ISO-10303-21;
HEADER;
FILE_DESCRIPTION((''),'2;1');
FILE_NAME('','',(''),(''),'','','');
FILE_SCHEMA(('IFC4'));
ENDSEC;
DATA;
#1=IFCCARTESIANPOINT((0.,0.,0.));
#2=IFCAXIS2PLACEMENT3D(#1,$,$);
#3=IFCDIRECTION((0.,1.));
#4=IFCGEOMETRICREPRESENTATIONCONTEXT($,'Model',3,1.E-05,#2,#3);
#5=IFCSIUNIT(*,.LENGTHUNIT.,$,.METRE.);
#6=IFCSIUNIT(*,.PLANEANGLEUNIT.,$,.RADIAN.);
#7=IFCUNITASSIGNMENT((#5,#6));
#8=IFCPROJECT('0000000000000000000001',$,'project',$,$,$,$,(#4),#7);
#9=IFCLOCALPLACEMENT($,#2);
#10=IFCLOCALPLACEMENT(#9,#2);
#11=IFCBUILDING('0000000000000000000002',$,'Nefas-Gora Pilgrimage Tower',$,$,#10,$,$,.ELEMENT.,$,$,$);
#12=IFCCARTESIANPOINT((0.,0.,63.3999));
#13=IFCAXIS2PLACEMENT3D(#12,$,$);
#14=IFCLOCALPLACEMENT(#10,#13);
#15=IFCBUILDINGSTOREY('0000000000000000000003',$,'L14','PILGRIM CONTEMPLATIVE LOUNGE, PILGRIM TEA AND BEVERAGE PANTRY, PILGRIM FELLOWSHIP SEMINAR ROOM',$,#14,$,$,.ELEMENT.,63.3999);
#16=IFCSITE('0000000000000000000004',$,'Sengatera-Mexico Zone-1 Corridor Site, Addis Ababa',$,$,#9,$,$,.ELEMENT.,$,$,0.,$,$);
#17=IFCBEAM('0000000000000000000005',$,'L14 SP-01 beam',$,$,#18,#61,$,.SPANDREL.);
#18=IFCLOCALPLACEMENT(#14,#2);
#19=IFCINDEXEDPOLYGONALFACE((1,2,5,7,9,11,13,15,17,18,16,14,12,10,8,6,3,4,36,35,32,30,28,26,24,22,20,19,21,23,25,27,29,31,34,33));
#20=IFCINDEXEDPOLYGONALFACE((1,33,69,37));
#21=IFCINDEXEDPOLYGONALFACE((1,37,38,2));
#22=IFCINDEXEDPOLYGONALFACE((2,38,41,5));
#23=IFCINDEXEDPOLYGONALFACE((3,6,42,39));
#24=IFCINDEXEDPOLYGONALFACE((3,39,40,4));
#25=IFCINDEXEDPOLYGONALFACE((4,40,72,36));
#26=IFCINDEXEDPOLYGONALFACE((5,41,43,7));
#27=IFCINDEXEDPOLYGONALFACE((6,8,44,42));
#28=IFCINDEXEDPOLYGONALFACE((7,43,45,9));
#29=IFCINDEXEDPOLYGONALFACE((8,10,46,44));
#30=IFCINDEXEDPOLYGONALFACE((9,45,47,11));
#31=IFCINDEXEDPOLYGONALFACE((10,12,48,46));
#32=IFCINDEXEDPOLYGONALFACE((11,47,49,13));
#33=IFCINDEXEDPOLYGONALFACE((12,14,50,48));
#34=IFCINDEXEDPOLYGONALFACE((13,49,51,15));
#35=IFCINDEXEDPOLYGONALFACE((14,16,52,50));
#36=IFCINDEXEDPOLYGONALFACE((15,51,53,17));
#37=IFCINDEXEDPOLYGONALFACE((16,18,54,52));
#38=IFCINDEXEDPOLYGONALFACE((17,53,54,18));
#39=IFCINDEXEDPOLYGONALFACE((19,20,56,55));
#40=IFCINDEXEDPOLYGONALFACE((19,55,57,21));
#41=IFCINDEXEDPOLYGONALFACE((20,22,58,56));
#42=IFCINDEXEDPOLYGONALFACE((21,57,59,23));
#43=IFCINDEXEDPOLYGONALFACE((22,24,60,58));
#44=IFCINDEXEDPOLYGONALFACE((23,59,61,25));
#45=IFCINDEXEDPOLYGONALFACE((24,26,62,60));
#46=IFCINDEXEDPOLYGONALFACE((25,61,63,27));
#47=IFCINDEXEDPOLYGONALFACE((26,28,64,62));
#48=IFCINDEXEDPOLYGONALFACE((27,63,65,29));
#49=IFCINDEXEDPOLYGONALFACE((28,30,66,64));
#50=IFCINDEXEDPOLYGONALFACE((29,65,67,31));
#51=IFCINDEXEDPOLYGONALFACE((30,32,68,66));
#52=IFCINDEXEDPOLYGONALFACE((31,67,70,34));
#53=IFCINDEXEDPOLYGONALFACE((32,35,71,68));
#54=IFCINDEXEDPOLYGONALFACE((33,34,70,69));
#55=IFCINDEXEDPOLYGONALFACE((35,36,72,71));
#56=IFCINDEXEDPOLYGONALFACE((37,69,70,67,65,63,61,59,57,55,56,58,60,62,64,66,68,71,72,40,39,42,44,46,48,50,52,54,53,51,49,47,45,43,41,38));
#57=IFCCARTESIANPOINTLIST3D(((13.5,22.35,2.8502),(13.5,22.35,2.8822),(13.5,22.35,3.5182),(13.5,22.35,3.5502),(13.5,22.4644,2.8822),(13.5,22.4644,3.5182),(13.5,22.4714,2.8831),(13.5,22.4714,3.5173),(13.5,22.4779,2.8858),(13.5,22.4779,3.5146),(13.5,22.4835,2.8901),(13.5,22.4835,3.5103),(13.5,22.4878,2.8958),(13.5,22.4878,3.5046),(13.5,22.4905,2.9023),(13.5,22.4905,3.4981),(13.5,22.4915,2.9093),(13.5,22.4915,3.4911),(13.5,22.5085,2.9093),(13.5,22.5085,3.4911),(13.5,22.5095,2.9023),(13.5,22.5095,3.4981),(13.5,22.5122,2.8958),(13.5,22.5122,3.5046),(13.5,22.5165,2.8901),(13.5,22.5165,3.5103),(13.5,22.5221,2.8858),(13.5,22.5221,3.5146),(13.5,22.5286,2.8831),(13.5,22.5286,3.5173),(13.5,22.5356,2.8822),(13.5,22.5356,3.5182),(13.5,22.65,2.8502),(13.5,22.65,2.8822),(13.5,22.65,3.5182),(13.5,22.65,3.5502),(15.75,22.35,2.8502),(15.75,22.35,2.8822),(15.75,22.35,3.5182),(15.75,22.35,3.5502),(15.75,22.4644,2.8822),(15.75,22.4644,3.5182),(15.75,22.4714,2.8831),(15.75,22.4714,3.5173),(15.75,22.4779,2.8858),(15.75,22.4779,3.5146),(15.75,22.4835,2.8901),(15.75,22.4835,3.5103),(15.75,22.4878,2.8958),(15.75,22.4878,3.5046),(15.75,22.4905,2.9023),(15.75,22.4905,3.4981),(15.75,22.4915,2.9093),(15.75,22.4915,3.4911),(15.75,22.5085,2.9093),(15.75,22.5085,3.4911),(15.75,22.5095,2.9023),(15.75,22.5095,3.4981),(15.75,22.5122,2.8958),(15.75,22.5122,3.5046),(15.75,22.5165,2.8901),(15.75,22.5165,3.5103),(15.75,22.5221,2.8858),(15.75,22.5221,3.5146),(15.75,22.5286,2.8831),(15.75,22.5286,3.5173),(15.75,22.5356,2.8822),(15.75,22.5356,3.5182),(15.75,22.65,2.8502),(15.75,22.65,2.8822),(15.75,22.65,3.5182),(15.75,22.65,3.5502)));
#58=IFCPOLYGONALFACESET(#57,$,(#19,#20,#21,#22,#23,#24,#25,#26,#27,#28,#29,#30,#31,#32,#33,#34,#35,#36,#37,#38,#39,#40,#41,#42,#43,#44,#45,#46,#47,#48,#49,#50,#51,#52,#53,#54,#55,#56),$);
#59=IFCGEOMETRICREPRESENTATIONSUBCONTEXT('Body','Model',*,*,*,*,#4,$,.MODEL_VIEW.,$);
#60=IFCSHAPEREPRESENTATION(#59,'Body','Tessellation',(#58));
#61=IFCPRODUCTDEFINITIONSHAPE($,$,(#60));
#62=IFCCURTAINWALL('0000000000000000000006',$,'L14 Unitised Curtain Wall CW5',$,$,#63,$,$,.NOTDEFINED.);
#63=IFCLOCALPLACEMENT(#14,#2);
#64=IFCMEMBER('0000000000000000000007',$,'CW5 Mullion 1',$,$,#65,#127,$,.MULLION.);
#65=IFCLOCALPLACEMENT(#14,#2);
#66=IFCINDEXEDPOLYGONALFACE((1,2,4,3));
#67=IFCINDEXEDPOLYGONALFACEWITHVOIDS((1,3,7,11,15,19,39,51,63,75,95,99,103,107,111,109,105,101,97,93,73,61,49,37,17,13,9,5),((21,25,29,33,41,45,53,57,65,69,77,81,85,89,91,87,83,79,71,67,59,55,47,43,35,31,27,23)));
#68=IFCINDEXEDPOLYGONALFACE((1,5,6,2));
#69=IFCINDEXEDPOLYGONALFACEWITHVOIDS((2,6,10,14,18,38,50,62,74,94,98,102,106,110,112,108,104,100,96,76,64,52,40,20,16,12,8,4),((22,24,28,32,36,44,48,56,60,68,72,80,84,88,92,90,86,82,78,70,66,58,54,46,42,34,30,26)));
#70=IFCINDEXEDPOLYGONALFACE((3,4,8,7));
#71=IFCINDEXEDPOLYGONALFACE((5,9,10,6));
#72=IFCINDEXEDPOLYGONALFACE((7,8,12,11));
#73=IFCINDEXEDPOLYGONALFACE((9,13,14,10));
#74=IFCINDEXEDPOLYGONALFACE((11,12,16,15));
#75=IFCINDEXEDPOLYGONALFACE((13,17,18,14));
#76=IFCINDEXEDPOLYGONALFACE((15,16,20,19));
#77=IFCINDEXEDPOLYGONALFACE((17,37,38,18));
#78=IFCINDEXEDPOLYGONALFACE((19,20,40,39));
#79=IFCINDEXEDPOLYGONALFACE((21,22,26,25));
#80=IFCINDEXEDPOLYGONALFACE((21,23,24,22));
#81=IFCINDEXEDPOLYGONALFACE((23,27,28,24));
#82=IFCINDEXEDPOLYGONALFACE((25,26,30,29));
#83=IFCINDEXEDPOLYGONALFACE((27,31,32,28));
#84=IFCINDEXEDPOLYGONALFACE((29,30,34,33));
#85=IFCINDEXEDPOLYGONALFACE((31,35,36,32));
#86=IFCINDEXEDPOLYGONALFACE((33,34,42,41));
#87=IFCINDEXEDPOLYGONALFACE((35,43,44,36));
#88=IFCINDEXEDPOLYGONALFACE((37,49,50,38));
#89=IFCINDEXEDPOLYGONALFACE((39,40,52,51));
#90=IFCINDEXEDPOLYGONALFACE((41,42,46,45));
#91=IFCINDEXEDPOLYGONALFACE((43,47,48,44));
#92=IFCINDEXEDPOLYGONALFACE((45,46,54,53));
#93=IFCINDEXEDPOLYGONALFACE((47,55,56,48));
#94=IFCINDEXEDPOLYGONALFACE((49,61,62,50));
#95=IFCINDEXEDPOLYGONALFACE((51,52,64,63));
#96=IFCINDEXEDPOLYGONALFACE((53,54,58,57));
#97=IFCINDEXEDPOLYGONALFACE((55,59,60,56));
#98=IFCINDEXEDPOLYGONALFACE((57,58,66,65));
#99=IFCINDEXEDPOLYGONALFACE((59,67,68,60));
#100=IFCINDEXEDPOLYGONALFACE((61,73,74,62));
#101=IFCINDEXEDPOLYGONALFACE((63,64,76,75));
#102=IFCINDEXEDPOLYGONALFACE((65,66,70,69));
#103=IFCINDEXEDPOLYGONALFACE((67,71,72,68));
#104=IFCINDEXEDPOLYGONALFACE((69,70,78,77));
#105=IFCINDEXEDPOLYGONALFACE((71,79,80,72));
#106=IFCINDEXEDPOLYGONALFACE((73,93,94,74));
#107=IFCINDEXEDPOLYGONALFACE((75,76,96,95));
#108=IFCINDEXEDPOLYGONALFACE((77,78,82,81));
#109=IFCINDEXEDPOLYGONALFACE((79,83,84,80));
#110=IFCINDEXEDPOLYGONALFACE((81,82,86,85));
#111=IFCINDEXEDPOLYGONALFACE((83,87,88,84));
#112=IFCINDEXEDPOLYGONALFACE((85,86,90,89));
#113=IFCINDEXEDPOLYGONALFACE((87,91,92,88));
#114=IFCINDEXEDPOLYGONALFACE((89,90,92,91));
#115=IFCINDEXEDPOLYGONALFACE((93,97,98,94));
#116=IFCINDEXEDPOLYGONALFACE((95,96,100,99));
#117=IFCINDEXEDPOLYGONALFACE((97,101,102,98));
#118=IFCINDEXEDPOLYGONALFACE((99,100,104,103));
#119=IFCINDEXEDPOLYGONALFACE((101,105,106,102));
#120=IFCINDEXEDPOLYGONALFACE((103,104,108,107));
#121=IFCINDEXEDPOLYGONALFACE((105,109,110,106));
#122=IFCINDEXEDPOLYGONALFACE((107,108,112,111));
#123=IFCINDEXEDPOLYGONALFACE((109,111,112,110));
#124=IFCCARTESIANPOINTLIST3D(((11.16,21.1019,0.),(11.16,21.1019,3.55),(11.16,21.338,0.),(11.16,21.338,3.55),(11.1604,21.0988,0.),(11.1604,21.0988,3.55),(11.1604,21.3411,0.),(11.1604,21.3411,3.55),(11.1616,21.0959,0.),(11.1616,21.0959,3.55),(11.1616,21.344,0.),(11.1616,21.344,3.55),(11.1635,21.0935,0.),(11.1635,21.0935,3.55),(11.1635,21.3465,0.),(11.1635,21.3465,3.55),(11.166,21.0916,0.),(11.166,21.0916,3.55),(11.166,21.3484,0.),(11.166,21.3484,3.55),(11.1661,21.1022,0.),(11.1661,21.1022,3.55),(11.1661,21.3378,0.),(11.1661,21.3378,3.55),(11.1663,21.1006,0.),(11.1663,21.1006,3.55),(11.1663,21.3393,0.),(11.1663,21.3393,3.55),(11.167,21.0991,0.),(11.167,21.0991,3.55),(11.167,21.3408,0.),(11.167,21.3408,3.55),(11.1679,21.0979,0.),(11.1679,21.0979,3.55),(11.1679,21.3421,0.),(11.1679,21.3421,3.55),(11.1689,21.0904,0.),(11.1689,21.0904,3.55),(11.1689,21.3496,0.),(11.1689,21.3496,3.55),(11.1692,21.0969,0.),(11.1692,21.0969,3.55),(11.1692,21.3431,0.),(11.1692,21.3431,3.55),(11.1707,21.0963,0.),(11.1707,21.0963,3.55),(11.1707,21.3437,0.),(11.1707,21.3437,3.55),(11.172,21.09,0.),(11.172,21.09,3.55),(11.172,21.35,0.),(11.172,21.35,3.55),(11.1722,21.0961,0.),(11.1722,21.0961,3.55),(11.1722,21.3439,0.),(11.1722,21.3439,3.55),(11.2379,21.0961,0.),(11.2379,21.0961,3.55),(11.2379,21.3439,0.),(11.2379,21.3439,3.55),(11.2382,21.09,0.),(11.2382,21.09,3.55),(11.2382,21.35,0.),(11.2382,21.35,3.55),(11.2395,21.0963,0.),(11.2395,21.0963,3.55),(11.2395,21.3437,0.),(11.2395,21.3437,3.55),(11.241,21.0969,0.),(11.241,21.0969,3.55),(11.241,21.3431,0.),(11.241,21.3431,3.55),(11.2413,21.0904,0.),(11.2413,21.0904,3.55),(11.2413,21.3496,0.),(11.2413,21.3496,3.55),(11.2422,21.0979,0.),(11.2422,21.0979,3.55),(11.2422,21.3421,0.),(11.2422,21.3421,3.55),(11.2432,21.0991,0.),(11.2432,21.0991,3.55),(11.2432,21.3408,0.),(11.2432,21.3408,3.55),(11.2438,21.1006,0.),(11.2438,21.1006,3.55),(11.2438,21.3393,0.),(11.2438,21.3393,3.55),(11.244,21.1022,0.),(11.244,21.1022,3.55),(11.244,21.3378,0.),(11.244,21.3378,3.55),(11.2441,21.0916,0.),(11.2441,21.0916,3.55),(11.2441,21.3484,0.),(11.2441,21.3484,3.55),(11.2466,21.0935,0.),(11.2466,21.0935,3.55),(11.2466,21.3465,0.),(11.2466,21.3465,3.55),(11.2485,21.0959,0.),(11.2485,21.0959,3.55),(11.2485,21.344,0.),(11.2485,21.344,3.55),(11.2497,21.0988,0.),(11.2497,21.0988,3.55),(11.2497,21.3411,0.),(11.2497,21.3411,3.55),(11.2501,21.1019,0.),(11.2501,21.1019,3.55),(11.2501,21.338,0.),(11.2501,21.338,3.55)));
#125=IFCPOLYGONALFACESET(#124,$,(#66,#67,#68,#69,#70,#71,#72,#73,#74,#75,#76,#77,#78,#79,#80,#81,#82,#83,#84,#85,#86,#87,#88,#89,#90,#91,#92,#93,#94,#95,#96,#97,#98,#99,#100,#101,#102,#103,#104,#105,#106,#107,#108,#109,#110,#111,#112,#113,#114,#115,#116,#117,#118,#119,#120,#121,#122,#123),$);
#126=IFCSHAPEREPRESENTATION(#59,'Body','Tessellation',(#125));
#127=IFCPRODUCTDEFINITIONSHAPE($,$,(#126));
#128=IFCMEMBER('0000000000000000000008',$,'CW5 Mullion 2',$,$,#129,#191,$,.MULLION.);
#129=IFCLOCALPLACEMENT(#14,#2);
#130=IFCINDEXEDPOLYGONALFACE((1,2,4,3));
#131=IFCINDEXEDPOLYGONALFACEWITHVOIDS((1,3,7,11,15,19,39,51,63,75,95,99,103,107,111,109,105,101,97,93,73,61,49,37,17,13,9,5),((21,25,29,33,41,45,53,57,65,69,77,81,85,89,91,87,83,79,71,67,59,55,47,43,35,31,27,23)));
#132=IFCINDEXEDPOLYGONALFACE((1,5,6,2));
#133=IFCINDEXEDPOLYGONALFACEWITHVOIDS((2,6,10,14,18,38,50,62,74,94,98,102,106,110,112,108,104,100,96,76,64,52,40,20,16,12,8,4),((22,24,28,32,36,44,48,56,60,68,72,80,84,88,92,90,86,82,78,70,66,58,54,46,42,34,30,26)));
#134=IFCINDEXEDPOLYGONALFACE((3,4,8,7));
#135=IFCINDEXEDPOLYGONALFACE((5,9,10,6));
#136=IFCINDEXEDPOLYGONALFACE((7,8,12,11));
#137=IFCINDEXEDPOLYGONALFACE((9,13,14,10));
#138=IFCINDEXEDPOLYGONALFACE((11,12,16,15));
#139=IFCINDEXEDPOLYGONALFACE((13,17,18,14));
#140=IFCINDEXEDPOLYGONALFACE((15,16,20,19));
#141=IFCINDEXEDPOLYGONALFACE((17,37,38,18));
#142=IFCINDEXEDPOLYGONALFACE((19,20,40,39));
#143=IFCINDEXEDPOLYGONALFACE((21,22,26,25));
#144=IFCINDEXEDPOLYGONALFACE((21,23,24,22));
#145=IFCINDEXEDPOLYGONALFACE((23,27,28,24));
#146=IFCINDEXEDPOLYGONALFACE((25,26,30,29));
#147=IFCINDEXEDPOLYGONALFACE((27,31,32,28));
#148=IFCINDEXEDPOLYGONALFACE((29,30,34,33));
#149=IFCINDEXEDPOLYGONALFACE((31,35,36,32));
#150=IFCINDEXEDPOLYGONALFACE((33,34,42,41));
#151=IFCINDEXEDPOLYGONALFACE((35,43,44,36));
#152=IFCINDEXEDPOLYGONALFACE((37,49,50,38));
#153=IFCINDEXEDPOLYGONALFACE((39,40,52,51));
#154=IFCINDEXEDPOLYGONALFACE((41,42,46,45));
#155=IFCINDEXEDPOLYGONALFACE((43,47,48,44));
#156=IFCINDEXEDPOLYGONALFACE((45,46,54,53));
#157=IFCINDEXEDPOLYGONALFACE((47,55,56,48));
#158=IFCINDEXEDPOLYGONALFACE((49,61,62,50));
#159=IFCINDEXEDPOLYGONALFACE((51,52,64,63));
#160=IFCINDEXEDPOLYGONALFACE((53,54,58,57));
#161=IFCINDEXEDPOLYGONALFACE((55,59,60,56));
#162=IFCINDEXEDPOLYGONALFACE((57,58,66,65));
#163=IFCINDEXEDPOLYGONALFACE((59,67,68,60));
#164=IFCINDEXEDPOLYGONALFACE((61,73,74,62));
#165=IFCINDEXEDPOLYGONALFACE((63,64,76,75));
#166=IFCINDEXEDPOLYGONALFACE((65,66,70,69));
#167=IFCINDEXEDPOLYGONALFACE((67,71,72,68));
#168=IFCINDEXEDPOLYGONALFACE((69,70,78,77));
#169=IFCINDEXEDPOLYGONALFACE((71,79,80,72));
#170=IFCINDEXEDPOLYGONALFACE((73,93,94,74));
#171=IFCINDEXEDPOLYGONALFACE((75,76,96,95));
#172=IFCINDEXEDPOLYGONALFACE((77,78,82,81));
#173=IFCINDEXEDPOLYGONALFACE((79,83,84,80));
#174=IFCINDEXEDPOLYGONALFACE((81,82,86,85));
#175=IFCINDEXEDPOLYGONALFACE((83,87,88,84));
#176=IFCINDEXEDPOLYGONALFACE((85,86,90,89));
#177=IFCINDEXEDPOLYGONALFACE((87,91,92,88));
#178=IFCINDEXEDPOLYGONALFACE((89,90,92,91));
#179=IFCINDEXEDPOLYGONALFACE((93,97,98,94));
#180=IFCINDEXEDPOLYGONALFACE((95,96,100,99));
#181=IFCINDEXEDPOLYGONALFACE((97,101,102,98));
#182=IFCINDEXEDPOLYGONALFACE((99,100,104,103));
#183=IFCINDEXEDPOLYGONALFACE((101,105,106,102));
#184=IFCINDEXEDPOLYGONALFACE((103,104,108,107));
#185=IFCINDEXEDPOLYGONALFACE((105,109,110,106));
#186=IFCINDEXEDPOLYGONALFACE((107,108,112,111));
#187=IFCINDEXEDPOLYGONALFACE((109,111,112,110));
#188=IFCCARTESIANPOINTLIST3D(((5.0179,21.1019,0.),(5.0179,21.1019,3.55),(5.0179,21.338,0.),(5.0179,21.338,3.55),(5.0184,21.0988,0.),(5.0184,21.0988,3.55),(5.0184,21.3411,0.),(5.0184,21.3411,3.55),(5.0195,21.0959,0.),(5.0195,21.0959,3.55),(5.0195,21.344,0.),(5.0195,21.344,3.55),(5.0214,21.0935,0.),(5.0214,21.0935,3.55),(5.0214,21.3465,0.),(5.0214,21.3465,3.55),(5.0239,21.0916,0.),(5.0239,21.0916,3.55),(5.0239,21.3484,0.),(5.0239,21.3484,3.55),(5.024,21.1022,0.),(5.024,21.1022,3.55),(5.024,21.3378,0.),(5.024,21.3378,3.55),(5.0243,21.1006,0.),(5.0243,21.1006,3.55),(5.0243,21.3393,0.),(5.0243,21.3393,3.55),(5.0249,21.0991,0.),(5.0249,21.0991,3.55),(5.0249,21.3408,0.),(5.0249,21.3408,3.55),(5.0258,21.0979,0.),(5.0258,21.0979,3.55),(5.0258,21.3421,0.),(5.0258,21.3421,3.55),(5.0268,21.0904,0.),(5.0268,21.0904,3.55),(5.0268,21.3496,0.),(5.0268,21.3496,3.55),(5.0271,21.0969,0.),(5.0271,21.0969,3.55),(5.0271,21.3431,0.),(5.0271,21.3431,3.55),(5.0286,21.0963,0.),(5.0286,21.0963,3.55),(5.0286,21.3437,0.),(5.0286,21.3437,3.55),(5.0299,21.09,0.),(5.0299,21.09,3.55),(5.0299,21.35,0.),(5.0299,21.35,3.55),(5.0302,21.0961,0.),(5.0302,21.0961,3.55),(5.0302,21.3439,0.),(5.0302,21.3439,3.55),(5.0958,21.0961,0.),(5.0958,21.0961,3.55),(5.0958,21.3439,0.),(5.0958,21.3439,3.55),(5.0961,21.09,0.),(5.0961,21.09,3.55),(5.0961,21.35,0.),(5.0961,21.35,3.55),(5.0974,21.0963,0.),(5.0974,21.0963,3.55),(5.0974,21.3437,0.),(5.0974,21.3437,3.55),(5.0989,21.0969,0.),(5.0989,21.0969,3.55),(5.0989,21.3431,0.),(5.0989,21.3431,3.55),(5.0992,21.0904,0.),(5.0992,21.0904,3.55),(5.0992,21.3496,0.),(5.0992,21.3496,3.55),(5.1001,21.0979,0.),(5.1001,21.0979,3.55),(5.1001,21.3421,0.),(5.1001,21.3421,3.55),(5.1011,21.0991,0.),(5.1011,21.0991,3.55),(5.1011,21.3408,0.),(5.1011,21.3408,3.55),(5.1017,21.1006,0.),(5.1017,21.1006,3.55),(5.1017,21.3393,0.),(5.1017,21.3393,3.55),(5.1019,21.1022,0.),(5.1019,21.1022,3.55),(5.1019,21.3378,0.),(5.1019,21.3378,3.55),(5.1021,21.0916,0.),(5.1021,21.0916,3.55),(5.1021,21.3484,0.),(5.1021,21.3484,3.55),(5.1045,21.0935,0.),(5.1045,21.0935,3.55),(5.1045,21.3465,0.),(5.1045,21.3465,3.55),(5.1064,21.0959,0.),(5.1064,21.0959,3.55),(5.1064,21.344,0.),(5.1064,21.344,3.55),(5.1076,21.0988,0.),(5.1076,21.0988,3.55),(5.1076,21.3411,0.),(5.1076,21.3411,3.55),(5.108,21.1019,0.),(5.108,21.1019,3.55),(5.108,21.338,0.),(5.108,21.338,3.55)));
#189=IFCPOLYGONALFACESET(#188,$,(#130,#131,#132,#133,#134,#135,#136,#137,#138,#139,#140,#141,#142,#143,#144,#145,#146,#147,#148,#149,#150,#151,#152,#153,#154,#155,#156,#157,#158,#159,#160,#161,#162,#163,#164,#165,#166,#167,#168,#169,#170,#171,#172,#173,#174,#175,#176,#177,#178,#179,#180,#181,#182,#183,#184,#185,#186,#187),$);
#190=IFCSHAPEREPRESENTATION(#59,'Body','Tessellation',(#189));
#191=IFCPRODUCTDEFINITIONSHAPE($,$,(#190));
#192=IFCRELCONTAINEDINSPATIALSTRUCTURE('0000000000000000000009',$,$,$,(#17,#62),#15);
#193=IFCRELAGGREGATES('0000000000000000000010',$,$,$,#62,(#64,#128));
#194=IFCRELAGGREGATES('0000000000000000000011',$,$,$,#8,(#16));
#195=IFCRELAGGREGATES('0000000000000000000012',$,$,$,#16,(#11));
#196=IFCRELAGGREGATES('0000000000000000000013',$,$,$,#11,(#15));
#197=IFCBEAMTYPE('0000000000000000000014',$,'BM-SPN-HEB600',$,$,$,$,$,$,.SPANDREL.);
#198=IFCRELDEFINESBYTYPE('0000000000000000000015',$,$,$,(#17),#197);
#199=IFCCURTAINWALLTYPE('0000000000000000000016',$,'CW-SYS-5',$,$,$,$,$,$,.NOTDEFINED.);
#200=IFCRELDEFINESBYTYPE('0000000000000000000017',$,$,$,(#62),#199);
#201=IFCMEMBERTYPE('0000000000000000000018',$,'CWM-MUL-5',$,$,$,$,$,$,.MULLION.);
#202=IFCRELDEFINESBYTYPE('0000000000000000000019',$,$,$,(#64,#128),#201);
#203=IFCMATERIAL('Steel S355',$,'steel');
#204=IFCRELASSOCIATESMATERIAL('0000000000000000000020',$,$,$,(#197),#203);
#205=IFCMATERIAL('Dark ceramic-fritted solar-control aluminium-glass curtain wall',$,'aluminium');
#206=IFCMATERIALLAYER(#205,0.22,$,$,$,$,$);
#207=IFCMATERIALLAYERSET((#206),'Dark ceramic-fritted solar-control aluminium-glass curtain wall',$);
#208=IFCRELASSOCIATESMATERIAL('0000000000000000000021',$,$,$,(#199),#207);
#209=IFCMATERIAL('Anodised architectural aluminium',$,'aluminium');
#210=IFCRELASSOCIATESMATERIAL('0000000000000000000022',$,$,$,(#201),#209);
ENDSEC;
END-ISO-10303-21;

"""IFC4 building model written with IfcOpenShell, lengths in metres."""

from ifc_helpers import new_model, si_unit, direction, frame, origin, origin_2d, place, context, subcontext, project, spatial, hollow_rectangle, i_section, extrude, source, transform, mapped, material, layer, layer_set, material_profile, profile_set, type_object, element, aggregate, save


model = new_model("IFC4")

# Units and contexts
model_context = context("Model", 3, precision=1e-05, world=origin(), true_north=direction((0.0, 1.0)))
body_context = subcontext(model_context, "Body", "Model", "MODEL_VIEW")
ifc_project = project(units=[si_unit("LENGTHUNIT", "METRE"), si_unit("PLANEANGLEUNIT", "RADIAN")], contexts=[model_context])

# Site, building, storey
site_placement = place(None, origin())
site = spatial("IfcSite", under=ifc_project, at=site_placement, Name="Sengatera-Mexico Zone-1 Corridor Site, Addis Ababa", CompositionType="ELEMENT", RefElevation=0.0)
building_placement = place(site_placement, origin())
building = spatial("IfcBuilding", under=site, at=building_placement, Name="Nefas-Gora Pilgrimage Tower", CompositionType="ELEMENT")
storey_placement = place(building_placement, frame((0.0, 0.0, 63.3999)))
storey = spatial("IfcBuildingStorey", under=building, at=storey_placement, Name="L14", Description="PILGRIM CONTEMPLATIVE LOUNGE, PILGRIM TEA AND BEVERAGE PANTRY, PILGRIM FELLOWSHIP SEMINAR ROOM", CompositionType="ELEMENT", Elevation=63.3999)

# Beam
ifc_material_1 = material(Name="Steel S355", Category="steel")
ifc_material_profile_1 = material_profile(ifc_material_1, i_section(OverallWidth=0.3, OverallDepth=0.7, WebThickness=0.0171, FlangeThickness=0.032, FilletRadius=0.0271, at=origin_2d()), Name="HEB 700")
ifc_profile_set_1 = profile_set([ifc_material_profile_1], Name="Steel S355")
beam_type_1 = type_object("IfcBeamType", Name="BM-SPN-HEB600", PredefinedType="SPANDREL", material=ifc_profile_set_1)
shared_shape_1 = source(origin(), body_context, "Body", "SweptSolid", [
    extrude(i_section(OverallWidth=0.3, OverallDepth=0.7, WebThickness=0.0171, FlangeThickness=0.032, FilletRadius=0.0271, at=origin_2d()), origin(), (0.0, 0.0, 1.0), 2.25),
])
beam_1_placement = place(storey_placement, frame((13.5, 22.5, 3.2002), z_axis=(1.0, 0.0, 0.0), x_axis=(0.0, 1.0, 0.0)))
element("IfcBeam", 1, at=beam_1_placement, inside=storey, type_object=beam_type_1, Name="L14 SP-01 beam", PredefinedType="SPANDREL", context=body_context, shape_type="MappedRepresentation", body=[
    mapped(shared_shape_1, transform((0.0, 0.0, 0.0), x_axis=(1.0, 0.0, 0.0), y_axis=(0.0, 1.0, 0.0), z_axis=(0.0, 0.0, 1.0), scale=1.0)),
])

# Curtain wall, members
ifc_material_2 = material(Name="Dark ceramic-fritted solar-control aluminium-glass curtain wall", Category="aluminium")
ifc_layer_1 = layer(ifc_material_2, 0.22)
ifc_layer_set_1 = layer_set([ifc_layer_1], Name="Dark ceramic-fritted solar-control aluminium-glass curtain wall")
curtain_wall_type_1 = type_object("IfcCurtainWallType", Name="CW-SYS-5", PredefinedType="NOTDEFINED", material=ifc_layer_set_1)
curtain_wall_1_placement = place(storey_placement, origin())
curtain_wall_1 = element("IfcCurtainWall", 2, at=curtain_wall_1_placement, inside=storey, type_object=curtain_wall_type_1, Name="L14 Unitised Curtain Wall CW5", PredefinedType="NOTDEFINED")
ifc_material_3 = material(Name="Anodised architectural aluminium", Category="aluminium")
ifc_material_profile_2 = material_profile(ifc_material_3, hollow_rectangle(XDim=0.0901, YDim=0.26, WallThickness=0.0061, InnerFilletRadius=0.0061, OuterFilletRadius=0.012, at=origin_2d()), Name="ALU MULLION 90x260")
ifc_profile_set_2 = profile_set([ifc_material_profile_2], Name="Anodised architectural aluminium")
member_type_1 = type_object("IfcMemberType", Name="CWM-MUL-5", PredefinedType="MULLION", material=ifc_profile_set_2)
shared_shape_2 = source(origin(), body_context, "Body", "SweptSolid", [
    extrude(hollow_rectangle(XDim=0.0901, YDim=0.26, WallThickness=0.0061, InnerFilletRadius=0.0061, OuterFilletRadius=0.012, at=origin_2d()), origin(), (0.0, 0.0, 1.0), 3.55),
])
member_1_placement = place(storey_placement, frame((11.2051, 21.22, 0.0), z_axis=(0.0, 0.0, 1.0), x_axis=(-1.0, 0.0, 0.0)))
member_1 = element("IfcMember", 3, at=member_1_placement, type_object=member_type_1, Name="CW5 Mullion 1", PredefinedType="MULLION", context=body_context, shape_type="MappedRepresentation", body=[
    mapped(shared_shape_2, transform((0.0, 0.0, 0.0), x_axis=(1.0, 0.0, 0.0), y_axis=(0.0, 1.0, 0.0), z_axis=(0.0, 0.0, 1.0), scale=1.0)),
])
member_2_placement = place(storey_placement, frame((5.063, 21.22, 0.0), z_axis=(0.0, 0.0, 1.0), x_axis=(-1.0, 0.0, 0.0)))
member_2 = element("IfcMember", 4, at=member_2_placement, type_object=member_type_1, Name="CW5 Mullion 2", PredefinedType="MULLION", context=body_context, shape_type="MappedRepresentation", body=[
    mapped(shared_shape_2, transform((0.0, 0.0, 0.0), x_axis=(1.0, 0.0, 0.0), y_axis=(0.0, 1.0, 0.0), z_axis=(0.0, 0.0, 1.0), scale=1.0)),
])

aggregate(curtain_wall_1, [member_1, member_2])

save(model, "model.ifc")
